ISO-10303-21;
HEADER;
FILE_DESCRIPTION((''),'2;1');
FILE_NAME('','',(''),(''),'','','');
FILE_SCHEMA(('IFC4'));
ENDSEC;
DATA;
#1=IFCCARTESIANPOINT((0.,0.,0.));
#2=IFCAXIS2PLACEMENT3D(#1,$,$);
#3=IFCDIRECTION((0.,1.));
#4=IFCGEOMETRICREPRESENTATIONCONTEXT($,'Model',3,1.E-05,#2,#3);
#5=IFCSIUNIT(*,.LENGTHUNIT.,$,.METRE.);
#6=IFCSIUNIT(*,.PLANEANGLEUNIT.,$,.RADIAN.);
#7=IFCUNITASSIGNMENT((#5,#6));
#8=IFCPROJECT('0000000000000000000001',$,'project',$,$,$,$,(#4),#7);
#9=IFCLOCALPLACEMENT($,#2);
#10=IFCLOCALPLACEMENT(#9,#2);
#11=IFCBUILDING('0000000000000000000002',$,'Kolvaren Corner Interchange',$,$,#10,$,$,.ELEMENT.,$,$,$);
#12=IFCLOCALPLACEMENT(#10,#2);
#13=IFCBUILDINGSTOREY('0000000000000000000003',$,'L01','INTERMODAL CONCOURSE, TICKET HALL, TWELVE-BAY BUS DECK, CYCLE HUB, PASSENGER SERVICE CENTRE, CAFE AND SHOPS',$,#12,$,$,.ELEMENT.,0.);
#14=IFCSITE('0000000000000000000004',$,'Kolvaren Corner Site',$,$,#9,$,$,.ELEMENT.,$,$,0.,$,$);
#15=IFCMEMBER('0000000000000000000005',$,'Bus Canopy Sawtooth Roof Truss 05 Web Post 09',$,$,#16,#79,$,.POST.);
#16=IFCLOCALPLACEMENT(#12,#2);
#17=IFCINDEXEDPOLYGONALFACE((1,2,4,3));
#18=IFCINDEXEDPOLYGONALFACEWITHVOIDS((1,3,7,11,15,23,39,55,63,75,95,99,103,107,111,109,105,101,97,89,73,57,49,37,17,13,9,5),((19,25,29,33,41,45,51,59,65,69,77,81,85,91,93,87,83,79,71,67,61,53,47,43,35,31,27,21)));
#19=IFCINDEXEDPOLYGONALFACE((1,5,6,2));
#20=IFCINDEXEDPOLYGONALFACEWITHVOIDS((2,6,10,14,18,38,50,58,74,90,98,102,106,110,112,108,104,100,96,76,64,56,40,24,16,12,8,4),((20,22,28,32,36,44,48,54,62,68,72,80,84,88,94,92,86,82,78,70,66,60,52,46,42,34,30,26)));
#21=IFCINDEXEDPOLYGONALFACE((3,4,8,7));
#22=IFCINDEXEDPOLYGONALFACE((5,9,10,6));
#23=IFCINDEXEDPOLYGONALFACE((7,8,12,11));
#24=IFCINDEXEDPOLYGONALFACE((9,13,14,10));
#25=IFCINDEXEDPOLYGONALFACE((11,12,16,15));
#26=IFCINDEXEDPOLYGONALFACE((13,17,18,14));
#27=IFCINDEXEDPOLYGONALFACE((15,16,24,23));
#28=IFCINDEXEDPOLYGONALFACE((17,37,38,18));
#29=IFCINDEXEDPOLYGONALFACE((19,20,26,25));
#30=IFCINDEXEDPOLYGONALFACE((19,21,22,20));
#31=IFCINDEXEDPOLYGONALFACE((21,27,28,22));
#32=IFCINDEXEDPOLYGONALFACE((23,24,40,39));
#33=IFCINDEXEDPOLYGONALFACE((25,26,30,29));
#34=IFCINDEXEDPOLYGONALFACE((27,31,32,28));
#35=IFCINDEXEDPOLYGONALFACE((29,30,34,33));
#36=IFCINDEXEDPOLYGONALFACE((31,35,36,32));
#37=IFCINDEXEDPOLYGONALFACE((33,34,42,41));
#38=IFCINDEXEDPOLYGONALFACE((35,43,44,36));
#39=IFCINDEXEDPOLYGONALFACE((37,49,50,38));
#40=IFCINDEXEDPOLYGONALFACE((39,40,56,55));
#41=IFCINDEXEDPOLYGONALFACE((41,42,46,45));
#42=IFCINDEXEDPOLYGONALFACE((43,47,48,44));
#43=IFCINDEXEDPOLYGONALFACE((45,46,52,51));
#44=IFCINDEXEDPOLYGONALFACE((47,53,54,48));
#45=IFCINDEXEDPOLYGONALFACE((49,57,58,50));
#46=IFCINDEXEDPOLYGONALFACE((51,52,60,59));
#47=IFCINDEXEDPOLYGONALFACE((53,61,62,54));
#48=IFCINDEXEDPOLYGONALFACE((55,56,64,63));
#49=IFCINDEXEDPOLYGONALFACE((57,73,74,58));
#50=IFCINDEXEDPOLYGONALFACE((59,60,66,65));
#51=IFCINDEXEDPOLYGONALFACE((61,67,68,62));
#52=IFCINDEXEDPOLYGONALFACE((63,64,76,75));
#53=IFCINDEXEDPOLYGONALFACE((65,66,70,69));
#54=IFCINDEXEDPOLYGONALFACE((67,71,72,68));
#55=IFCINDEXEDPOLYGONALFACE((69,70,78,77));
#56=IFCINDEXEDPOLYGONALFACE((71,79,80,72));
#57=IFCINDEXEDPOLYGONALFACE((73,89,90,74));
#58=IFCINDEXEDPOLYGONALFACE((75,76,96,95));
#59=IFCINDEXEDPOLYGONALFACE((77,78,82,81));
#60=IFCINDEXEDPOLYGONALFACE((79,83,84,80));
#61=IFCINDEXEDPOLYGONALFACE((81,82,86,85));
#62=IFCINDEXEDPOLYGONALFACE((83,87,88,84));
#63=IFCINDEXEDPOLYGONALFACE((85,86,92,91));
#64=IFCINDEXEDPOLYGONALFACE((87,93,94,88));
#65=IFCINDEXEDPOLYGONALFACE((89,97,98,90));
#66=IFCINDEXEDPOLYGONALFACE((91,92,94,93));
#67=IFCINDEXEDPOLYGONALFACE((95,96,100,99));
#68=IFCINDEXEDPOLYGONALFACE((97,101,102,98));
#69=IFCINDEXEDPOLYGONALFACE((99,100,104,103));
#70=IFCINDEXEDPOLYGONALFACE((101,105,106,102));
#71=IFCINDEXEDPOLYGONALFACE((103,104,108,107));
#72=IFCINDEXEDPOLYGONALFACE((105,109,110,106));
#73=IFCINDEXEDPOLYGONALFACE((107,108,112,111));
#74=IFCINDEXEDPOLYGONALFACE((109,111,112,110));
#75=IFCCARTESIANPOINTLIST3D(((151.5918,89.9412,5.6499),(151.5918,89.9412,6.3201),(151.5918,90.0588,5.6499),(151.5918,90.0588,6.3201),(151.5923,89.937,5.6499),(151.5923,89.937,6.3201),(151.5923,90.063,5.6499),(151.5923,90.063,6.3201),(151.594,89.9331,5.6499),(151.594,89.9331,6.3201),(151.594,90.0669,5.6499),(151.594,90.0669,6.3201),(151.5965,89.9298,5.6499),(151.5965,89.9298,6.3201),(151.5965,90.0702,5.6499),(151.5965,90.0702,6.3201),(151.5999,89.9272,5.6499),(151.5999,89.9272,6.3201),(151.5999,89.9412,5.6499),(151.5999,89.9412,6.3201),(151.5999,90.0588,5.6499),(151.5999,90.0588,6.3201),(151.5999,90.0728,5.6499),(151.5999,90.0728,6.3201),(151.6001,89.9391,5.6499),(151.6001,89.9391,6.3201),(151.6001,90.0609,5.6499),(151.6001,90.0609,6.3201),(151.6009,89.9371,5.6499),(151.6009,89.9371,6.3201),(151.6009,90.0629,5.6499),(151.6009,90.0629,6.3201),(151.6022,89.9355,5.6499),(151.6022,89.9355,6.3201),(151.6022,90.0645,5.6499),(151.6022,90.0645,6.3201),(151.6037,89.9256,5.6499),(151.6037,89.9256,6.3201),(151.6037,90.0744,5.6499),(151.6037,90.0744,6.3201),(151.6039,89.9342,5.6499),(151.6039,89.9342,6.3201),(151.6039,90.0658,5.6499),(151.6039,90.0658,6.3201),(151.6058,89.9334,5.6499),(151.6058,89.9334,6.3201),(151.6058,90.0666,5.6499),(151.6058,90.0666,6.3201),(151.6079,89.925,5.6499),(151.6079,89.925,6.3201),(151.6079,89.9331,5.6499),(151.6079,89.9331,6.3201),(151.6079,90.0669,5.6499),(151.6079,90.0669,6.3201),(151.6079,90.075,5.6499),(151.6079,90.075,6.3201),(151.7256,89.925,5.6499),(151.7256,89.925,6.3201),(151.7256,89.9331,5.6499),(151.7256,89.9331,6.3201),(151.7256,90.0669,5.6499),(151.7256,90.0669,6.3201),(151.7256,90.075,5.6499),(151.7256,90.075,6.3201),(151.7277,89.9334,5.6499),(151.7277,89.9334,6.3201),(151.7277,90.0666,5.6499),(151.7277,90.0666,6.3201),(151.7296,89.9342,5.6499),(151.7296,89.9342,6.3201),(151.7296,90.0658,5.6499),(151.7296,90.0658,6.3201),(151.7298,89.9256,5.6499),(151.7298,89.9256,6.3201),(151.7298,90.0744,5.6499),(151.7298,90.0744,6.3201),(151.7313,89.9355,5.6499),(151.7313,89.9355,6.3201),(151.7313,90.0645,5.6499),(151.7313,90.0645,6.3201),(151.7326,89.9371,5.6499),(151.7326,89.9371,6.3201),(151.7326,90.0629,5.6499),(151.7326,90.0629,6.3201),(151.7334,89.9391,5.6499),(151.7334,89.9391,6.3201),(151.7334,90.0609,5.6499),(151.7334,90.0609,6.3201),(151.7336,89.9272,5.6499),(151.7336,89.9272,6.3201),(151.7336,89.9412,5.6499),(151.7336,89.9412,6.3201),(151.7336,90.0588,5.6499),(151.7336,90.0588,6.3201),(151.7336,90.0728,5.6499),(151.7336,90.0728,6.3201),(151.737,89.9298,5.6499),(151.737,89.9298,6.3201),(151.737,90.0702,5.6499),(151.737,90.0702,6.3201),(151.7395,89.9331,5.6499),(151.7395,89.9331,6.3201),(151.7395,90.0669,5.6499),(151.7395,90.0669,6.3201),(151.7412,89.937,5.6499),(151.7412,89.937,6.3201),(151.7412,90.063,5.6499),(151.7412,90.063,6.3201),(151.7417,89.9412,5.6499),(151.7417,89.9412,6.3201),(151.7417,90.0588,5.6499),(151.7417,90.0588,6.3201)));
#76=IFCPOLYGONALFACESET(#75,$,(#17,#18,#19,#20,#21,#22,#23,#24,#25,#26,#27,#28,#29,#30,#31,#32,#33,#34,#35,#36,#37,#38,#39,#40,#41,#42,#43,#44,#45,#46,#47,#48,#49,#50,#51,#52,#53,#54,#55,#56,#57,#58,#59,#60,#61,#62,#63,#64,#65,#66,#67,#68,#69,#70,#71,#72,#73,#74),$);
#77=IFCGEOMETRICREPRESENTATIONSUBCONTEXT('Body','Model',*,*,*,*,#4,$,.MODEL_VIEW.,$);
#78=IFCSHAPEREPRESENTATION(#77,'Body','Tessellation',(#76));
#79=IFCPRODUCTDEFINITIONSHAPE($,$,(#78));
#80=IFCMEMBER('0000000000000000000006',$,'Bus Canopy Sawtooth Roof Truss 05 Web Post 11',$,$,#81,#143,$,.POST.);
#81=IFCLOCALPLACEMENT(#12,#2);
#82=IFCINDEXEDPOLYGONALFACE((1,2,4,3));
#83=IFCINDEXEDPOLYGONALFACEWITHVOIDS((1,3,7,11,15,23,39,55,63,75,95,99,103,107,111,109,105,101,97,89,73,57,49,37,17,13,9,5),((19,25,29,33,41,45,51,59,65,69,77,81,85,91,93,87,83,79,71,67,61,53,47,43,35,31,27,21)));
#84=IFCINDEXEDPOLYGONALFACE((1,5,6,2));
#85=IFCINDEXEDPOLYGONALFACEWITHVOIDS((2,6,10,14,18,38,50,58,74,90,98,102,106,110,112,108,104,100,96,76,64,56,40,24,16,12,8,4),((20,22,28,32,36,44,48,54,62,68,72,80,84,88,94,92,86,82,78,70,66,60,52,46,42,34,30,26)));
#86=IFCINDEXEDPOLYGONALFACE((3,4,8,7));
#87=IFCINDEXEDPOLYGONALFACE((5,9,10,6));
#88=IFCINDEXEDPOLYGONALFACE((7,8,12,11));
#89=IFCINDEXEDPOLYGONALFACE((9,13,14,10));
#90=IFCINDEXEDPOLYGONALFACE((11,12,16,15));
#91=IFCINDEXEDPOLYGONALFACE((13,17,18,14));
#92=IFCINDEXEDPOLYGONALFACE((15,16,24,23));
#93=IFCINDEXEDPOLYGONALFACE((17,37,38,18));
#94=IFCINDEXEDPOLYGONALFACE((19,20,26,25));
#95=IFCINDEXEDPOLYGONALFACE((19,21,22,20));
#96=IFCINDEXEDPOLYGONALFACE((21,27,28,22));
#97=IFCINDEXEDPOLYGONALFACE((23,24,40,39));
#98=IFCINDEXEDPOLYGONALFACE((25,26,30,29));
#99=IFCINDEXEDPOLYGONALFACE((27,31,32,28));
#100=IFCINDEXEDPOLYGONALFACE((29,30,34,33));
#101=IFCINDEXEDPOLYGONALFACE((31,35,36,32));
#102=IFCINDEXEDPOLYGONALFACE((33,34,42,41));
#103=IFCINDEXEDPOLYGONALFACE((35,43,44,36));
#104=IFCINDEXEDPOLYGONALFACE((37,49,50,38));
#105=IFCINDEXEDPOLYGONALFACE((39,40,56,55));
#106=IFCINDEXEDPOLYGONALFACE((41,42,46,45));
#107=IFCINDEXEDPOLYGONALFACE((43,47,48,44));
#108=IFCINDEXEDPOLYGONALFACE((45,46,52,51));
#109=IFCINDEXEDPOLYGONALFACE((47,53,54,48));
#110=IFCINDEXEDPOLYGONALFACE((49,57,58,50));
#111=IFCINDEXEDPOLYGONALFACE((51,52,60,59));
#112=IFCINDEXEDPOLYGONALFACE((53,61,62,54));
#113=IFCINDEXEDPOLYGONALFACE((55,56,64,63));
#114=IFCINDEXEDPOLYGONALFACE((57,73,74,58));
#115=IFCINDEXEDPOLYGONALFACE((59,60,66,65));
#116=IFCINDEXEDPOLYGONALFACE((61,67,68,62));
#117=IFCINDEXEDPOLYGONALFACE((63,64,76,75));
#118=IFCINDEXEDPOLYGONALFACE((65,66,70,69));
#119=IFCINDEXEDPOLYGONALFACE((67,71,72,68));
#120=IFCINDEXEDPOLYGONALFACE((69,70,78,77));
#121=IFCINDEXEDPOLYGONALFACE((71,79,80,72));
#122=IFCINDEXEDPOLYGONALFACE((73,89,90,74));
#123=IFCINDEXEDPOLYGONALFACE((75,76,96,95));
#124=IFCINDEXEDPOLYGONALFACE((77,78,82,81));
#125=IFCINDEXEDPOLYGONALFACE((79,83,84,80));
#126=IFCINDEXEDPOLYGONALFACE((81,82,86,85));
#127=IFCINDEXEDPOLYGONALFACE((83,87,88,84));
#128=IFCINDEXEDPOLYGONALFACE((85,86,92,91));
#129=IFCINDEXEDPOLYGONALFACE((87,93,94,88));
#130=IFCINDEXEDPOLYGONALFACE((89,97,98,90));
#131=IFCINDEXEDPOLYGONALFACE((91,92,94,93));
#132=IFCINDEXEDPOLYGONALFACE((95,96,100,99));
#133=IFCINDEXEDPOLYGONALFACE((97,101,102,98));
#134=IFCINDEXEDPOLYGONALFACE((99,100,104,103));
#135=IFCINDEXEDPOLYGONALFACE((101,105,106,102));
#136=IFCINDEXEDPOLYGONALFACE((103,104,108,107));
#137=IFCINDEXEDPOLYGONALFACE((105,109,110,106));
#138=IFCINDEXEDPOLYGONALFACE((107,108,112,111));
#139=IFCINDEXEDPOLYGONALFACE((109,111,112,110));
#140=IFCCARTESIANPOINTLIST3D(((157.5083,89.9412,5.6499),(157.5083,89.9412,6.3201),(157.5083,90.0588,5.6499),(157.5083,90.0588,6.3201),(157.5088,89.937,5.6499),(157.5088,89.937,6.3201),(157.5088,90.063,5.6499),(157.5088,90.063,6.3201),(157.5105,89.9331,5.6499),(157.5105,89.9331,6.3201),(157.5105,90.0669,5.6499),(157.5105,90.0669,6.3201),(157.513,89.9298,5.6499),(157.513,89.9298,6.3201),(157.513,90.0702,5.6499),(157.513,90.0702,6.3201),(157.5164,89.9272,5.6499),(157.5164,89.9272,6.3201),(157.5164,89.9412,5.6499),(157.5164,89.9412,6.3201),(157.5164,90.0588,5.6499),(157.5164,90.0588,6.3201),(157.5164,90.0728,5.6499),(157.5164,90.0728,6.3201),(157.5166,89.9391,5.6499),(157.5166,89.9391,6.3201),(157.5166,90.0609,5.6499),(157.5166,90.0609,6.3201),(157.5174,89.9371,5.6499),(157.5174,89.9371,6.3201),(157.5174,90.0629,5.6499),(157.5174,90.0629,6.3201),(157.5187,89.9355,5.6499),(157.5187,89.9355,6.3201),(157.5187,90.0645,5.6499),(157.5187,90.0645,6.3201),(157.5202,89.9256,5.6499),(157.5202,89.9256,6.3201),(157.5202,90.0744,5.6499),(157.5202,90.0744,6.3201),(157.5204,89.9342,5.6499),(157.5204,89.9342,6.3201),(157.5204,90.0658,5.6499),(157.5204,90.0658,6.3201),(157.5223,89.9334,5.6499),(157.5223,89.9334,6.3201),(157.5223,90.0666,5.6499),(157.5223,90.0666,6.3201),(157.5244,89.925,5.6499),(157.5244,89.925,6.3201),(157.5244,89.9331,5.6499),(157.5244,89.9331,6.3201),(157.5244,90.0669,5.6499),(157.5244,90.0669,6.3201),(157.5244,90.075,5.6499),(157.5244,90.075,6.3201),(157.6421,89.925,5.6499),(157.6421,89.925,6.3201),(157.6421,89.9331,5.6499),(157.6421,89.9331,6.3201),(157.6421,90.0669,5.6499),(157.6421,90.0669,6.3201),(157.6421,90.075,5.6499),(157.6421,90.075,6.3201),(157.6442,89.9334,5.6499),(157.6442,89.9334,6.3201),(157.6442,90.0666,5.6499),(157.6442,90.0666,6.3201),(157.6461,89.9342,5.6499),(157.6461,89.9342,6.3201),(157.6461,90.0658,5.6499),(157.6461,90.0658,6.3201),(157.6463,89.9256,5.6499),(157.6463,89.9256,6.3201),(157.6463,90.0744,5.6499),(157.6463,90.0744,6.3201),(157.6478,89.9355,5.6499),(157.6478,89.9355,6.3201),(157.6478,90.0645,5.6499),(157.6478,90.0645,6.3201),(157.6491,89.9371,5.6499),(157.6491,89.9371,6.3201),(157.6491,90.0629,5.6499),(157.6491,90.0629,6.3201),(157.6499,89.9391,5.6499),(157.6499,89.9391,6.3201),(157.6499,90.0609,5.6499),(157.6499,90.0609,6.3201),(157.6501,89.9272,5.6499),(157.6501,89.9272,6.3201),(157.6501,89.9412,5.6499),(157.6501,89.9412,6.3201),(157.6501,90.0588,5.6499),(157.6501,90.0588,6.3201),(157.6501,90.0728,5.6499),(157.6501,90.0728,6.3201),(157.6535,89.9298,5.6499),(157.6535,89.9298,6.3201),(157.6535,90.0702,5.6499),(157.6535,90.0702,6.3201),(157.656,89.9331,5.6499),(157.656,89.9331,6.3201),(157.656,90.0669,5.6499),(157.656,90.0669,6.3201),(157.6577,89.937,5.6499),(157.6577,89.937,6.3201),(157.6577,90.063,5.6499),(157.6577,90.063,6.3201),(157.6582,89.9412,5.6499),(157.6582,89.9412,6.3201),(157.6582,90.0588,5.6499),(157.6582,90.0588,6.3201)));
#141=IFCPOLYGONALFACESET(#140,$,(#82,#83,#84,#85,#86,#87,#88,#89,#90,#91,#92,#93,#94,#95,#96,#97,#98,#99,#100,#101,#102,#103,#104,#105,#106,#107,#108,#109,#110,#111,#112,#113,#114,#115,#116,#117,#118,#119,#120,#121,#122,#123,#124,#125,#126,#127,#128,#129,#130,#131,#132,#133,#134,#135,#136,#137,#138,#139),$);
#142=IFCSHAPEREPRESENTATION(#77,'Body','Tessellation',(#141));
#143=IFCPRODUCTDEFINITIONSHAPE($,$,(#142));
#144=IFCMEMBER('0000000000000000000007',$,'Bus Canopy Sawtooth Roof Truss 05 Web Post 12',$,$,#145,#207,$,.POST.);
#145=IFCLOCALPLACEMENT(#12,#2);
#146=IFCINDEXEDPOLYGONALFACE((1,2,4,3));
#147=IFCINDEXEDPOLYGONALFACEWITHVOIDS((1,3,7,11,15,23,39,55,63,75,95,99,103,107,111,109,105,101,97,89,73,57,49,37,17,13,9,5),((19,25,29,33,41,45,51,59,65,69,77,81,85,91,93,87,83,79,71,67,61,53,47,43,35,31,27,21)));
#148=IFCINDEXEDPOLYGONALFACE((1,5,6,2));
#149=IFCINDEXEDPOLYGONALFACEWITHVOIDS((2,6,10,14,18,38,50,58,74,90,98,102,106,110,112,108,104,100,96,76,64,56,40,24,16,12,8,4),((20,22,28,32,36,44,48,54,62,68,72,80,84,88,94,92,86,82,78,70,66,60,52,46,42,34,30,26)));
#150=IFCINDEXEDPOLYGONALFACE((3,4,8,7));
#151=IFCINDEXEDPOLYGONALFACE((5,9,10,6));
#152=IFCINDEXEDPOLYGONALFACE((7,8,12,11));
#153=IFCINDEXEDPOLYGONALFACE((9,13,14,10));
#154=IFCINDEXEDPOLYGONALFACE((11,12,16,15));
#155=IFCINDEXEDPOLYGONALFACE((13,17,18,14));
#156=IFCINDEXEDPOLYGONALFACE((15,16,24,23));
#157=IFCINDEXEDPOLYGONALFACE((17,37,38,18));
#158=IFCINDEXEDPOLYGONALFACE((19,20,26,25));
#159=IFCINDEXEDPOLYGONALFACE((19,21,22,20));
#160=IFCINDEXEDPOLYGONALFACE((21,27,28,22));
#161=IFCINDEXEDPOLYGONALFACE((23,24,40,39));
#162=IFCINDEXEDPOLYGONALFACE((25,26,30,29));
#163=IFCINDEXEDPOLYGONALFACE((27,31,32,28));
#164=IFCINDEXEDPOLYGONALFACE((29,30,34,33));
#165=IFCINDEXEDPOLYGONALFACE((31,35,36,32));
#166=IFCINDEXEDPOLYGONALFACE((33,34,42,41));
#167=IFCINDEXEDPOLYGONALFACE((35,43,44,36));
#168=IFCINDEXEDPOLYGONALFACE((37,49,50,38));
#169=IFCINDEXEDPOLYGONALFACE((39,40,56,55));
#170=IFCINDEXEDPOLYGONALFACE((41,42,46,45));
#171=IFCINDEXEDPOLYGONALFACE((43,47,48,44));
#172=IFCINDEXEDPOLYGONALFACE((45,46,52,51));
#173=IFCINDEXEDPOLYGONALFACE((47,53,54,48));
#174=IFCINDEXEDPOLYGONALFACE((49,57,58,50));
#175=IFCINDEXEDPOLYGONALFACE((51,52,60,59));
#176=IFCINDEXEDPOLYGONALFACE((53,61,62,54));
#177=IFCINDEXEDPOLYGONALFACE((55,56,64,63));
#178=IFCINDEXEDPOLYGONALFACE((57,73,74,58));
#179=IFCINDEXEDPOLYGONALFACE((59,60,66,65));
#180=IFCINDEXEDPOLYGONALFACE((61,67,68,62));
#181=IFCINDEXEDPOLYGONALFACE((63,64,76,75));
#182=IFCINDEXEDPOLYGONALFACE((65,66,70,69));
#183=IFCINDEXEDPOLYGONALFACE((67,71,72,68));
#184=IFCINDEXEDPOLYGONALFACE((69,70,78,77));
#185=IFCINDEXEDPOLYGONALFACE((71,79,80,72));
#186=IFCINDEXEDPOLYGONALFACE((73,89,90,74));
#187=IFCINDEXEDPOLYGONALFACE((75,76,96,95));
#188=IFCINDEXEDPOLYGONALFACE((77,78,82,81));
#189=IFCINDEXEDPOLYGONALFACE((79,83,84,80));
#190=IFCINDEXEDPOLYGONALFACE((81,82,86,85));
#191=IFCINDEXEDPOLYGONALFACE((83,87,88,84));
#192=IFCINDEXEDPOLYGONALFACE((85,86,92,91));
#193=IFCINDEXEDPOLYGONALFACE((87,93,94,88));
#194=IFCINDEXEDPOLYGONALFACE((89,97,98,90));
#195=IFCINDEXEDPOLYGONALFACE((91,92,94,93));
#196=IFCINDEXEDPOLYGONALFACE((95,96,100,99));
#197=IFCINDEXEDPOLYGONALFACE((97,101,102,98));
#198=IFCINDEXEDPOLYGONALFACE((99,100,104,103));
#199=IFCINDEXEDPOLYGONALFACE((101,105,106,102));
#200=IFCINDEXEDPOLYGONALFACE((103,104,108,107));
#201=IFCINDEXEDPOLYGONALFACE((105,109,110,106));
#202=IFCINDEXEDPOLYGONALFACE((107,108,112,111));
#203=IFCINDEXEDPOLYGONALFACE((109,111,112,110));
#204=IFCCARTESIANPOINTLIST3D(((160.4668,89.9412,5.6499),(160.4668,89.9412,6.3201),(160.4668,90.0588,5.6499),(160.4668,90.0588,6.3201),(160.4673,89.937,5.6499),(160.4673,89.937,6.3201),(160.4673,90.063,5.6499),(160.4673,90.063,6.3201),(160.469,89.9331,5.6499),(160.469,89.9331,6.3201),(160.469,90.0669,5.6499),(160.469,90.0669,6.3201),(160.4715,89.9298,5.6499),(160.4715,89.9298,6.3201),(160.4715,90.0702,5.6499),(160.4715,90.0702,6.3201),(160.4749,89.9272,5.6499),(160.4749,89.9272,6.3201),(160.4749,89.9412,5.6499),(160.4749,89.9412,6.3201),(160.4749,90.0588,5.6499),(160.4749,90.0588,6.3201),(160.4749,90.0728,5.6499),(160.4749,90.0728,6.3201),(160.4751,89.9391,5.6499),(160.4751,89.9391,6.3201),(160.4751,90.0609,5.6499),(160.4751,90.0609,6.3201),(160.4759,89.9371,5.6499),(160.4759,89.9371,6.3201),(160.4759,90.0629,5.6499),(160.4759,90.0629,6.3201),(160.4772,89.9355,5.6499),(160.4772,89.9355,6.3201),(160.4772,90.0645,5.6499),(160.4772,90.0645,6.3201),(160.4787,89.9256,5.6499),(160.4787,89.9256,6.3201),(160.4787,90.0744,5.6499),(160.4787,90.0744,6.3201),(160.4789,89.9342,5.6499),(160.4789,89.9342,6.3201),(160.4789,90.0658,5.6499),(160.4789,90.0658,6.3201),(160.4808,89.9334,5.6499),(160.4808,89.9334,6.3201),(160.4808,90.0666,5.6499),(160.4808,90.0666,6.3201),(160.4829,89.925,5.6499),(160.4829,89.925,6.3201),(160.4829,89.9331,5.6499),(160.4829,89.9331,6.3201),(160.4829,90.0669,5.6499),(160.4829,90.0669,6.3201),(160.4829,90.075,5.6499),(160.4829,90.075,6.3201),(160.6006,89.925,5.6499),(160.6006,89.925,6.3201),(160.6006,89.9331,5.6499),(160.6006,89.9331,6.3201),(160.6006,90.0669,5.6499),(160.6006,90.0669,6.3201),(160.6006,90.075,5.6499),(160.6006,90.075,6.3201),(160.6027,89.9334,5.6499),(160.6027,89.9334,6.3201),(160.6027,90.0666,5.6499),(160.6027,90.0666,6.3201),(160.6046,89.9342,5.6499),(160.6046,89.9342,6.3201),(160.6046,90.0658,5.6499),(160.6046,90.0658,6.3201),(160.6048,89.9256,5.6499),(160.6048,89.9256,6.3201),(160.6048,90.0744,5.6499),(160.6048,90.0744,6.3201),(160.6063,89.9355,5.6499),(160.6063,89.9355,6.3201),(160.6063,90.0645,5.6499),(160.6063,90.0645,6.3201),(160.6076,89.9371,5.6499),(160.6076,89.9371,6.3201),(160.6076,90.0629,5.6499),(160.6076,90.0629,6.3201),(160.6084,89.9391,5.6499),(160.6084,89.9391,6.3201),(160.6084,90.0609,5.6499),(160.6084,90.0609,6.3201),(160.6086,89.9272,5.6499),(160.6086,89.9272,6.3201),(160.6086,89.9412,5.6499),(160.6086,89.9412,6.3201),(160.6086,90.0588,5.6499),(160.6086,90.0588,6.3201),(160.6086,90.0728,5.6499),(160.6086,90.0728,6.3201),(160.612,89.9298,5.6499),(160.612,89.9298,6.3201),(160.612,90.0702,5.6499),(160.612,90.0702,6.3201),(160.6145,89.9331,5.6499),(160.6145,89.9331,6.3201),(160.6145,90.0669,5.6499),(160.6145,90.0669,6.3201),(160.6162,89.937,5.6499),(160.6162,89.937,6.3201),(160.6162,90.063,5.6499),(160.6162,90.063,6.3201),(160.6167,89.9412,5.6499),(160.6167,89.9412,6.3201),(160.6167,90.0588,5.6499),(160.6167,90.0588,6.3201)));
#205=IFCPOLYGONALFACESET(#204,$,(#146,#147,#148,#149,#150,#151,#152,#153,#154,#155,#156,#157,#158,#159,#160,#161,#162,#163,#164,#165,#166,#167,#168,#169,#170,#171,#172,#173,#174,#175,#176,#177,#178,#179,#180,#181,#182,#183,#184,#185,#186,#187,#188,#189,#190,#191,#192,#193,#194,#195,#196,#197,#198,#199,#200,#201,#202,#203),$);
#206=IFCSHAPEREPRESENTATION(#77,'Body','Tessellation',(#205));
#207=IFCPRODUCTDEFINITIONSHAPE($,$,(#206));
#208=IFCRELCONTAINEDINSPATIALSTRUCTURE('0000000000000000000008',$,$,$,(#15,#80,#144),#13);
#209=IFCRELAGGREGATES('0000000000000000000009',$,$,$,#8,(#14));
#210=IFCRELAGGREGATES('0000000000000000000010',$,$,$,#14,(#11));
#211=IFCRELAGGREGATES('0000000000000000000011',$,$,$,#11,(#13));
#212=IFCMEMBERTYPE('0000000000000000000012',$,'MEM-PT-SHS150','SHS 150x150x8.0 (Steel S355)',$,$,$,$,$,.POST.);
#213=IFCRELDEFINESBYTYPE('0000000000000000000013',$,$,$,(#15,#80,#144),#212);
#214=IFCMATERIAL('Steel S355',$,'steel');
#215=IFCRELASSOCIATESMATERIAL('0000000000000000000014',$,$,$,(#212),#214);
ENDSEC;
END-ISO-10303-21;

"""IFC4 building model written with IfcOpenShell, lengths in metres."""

from ifc_helpers import new_model, si_unit, direction, frame, origin, origin_2d, place, context, subcontext, project, spatial, hollow_rectangle, extrude, material, material_profile, profile_set, type_object, element, save


model = new_model("IFC4")

# Units and contexts
model_context = context("Model", 3, precision=1e-05, world=origin(), true_north=direction((0.0, 1.0)))
body_context = subcontext(model_context, "Body", "Model", "MODEL_VIEW")
ifc_project = project(units=[si_unit("LENGTHUNIT", "METRE"), si_unit("PLANEANGLEUNIT", "RADIAN")], contexts=[model_context])

# Site, building, storey
site_placement = place(None, origin())
site = spatial("IfcSite", under=ifc_project, at=site_placement, Name="Kolvaren Corner Site", CompositionType="ELEMENT", RefElevation=0.0)
building_placement = place(site_placement, origin())
building = spatial("IfcBuilding", under=site, at=building_placement, Name="Kolvaren Corner Interchange", CompositionType="ELEMENT")
storey_placement = place(building_placement, origin())
storey = spatial("IfcBuildingStorey", under=building, at=storey_placement, Name="L01", Description="INTERMODAL CONCOURSE, TICKET HALL, TWELVE-BAY BUS DECK, CYCLE HUB, PASSENGER SERVICE CENTRE, CAFE AND SHOPS", CompositionType="ELEMENT", Elevation=0.0)

# Members
ifc_material_1 = material(Name="Steel S355", Category="steel")
ifc_material_profile_1 = material_profile(ifc_material_1, hollow_rectangle(XDim=0.1499, YDim=0.1499, WallThickness=0.0081, InnerFilletRadius=0.0081, OuterFilletRadius=0.0161, at=origin_2d()), Name="SHS 150x150x8.0")
ifc_profile_set_1 = profile_set([ifc_material_profile_1], Name="Steel S355")
member_type_1 = type_object("IfcMemberType", Name="MEM-PT-SHS150", Description="SHS 150x150x8.0 (Steel S355)", PredefinedType="POST", material=ifc_profile_set_1)
for number, where, z_axis, x_axis, name in (
    (1, (151.6667, 90.0, 5.6499), (0.0, 0.0, 1.0), (1.0, 0.0, 0.0), "Bus Canopy Sawtooth Roof Truss 05 Web Post 09"),
    (2, (157.5833, 90.0, 5.6499), (0.0, 0.0, 1.0), (1.0, 0.0, 0.0), "Bus Canopy Sawtooth Roof Truss 05 Web Post 11"),
    (3, (160.5417, 90.0, 5.6499), (0.0, 0.0, 1.0), (1.0, 0.0, 0.0), "Bus Canopy Sawtooth Roof Truss 05 Web Post 12"),
):
    element("IfcMember", number, at=place(storey_placement, frame(where, z_axis=z_axis, x_axis=x_axis)), inside=storey, type_object=member_type_1, Name=name, PredefinedType="POST", context=body_context, shape_type="SweptSolid", body=[
        extrude(hollow_rectangle(XDim=0.1499, YDim=0.1499, WallThickness=0.0081, InnerFilletRadius=0.0081, OuterFilletRadius=0.0161, at=origin_2d()), origin(), (0.0, 0.0, 1.0), 0.6702),
    ])

save(model, "model.ifc")
